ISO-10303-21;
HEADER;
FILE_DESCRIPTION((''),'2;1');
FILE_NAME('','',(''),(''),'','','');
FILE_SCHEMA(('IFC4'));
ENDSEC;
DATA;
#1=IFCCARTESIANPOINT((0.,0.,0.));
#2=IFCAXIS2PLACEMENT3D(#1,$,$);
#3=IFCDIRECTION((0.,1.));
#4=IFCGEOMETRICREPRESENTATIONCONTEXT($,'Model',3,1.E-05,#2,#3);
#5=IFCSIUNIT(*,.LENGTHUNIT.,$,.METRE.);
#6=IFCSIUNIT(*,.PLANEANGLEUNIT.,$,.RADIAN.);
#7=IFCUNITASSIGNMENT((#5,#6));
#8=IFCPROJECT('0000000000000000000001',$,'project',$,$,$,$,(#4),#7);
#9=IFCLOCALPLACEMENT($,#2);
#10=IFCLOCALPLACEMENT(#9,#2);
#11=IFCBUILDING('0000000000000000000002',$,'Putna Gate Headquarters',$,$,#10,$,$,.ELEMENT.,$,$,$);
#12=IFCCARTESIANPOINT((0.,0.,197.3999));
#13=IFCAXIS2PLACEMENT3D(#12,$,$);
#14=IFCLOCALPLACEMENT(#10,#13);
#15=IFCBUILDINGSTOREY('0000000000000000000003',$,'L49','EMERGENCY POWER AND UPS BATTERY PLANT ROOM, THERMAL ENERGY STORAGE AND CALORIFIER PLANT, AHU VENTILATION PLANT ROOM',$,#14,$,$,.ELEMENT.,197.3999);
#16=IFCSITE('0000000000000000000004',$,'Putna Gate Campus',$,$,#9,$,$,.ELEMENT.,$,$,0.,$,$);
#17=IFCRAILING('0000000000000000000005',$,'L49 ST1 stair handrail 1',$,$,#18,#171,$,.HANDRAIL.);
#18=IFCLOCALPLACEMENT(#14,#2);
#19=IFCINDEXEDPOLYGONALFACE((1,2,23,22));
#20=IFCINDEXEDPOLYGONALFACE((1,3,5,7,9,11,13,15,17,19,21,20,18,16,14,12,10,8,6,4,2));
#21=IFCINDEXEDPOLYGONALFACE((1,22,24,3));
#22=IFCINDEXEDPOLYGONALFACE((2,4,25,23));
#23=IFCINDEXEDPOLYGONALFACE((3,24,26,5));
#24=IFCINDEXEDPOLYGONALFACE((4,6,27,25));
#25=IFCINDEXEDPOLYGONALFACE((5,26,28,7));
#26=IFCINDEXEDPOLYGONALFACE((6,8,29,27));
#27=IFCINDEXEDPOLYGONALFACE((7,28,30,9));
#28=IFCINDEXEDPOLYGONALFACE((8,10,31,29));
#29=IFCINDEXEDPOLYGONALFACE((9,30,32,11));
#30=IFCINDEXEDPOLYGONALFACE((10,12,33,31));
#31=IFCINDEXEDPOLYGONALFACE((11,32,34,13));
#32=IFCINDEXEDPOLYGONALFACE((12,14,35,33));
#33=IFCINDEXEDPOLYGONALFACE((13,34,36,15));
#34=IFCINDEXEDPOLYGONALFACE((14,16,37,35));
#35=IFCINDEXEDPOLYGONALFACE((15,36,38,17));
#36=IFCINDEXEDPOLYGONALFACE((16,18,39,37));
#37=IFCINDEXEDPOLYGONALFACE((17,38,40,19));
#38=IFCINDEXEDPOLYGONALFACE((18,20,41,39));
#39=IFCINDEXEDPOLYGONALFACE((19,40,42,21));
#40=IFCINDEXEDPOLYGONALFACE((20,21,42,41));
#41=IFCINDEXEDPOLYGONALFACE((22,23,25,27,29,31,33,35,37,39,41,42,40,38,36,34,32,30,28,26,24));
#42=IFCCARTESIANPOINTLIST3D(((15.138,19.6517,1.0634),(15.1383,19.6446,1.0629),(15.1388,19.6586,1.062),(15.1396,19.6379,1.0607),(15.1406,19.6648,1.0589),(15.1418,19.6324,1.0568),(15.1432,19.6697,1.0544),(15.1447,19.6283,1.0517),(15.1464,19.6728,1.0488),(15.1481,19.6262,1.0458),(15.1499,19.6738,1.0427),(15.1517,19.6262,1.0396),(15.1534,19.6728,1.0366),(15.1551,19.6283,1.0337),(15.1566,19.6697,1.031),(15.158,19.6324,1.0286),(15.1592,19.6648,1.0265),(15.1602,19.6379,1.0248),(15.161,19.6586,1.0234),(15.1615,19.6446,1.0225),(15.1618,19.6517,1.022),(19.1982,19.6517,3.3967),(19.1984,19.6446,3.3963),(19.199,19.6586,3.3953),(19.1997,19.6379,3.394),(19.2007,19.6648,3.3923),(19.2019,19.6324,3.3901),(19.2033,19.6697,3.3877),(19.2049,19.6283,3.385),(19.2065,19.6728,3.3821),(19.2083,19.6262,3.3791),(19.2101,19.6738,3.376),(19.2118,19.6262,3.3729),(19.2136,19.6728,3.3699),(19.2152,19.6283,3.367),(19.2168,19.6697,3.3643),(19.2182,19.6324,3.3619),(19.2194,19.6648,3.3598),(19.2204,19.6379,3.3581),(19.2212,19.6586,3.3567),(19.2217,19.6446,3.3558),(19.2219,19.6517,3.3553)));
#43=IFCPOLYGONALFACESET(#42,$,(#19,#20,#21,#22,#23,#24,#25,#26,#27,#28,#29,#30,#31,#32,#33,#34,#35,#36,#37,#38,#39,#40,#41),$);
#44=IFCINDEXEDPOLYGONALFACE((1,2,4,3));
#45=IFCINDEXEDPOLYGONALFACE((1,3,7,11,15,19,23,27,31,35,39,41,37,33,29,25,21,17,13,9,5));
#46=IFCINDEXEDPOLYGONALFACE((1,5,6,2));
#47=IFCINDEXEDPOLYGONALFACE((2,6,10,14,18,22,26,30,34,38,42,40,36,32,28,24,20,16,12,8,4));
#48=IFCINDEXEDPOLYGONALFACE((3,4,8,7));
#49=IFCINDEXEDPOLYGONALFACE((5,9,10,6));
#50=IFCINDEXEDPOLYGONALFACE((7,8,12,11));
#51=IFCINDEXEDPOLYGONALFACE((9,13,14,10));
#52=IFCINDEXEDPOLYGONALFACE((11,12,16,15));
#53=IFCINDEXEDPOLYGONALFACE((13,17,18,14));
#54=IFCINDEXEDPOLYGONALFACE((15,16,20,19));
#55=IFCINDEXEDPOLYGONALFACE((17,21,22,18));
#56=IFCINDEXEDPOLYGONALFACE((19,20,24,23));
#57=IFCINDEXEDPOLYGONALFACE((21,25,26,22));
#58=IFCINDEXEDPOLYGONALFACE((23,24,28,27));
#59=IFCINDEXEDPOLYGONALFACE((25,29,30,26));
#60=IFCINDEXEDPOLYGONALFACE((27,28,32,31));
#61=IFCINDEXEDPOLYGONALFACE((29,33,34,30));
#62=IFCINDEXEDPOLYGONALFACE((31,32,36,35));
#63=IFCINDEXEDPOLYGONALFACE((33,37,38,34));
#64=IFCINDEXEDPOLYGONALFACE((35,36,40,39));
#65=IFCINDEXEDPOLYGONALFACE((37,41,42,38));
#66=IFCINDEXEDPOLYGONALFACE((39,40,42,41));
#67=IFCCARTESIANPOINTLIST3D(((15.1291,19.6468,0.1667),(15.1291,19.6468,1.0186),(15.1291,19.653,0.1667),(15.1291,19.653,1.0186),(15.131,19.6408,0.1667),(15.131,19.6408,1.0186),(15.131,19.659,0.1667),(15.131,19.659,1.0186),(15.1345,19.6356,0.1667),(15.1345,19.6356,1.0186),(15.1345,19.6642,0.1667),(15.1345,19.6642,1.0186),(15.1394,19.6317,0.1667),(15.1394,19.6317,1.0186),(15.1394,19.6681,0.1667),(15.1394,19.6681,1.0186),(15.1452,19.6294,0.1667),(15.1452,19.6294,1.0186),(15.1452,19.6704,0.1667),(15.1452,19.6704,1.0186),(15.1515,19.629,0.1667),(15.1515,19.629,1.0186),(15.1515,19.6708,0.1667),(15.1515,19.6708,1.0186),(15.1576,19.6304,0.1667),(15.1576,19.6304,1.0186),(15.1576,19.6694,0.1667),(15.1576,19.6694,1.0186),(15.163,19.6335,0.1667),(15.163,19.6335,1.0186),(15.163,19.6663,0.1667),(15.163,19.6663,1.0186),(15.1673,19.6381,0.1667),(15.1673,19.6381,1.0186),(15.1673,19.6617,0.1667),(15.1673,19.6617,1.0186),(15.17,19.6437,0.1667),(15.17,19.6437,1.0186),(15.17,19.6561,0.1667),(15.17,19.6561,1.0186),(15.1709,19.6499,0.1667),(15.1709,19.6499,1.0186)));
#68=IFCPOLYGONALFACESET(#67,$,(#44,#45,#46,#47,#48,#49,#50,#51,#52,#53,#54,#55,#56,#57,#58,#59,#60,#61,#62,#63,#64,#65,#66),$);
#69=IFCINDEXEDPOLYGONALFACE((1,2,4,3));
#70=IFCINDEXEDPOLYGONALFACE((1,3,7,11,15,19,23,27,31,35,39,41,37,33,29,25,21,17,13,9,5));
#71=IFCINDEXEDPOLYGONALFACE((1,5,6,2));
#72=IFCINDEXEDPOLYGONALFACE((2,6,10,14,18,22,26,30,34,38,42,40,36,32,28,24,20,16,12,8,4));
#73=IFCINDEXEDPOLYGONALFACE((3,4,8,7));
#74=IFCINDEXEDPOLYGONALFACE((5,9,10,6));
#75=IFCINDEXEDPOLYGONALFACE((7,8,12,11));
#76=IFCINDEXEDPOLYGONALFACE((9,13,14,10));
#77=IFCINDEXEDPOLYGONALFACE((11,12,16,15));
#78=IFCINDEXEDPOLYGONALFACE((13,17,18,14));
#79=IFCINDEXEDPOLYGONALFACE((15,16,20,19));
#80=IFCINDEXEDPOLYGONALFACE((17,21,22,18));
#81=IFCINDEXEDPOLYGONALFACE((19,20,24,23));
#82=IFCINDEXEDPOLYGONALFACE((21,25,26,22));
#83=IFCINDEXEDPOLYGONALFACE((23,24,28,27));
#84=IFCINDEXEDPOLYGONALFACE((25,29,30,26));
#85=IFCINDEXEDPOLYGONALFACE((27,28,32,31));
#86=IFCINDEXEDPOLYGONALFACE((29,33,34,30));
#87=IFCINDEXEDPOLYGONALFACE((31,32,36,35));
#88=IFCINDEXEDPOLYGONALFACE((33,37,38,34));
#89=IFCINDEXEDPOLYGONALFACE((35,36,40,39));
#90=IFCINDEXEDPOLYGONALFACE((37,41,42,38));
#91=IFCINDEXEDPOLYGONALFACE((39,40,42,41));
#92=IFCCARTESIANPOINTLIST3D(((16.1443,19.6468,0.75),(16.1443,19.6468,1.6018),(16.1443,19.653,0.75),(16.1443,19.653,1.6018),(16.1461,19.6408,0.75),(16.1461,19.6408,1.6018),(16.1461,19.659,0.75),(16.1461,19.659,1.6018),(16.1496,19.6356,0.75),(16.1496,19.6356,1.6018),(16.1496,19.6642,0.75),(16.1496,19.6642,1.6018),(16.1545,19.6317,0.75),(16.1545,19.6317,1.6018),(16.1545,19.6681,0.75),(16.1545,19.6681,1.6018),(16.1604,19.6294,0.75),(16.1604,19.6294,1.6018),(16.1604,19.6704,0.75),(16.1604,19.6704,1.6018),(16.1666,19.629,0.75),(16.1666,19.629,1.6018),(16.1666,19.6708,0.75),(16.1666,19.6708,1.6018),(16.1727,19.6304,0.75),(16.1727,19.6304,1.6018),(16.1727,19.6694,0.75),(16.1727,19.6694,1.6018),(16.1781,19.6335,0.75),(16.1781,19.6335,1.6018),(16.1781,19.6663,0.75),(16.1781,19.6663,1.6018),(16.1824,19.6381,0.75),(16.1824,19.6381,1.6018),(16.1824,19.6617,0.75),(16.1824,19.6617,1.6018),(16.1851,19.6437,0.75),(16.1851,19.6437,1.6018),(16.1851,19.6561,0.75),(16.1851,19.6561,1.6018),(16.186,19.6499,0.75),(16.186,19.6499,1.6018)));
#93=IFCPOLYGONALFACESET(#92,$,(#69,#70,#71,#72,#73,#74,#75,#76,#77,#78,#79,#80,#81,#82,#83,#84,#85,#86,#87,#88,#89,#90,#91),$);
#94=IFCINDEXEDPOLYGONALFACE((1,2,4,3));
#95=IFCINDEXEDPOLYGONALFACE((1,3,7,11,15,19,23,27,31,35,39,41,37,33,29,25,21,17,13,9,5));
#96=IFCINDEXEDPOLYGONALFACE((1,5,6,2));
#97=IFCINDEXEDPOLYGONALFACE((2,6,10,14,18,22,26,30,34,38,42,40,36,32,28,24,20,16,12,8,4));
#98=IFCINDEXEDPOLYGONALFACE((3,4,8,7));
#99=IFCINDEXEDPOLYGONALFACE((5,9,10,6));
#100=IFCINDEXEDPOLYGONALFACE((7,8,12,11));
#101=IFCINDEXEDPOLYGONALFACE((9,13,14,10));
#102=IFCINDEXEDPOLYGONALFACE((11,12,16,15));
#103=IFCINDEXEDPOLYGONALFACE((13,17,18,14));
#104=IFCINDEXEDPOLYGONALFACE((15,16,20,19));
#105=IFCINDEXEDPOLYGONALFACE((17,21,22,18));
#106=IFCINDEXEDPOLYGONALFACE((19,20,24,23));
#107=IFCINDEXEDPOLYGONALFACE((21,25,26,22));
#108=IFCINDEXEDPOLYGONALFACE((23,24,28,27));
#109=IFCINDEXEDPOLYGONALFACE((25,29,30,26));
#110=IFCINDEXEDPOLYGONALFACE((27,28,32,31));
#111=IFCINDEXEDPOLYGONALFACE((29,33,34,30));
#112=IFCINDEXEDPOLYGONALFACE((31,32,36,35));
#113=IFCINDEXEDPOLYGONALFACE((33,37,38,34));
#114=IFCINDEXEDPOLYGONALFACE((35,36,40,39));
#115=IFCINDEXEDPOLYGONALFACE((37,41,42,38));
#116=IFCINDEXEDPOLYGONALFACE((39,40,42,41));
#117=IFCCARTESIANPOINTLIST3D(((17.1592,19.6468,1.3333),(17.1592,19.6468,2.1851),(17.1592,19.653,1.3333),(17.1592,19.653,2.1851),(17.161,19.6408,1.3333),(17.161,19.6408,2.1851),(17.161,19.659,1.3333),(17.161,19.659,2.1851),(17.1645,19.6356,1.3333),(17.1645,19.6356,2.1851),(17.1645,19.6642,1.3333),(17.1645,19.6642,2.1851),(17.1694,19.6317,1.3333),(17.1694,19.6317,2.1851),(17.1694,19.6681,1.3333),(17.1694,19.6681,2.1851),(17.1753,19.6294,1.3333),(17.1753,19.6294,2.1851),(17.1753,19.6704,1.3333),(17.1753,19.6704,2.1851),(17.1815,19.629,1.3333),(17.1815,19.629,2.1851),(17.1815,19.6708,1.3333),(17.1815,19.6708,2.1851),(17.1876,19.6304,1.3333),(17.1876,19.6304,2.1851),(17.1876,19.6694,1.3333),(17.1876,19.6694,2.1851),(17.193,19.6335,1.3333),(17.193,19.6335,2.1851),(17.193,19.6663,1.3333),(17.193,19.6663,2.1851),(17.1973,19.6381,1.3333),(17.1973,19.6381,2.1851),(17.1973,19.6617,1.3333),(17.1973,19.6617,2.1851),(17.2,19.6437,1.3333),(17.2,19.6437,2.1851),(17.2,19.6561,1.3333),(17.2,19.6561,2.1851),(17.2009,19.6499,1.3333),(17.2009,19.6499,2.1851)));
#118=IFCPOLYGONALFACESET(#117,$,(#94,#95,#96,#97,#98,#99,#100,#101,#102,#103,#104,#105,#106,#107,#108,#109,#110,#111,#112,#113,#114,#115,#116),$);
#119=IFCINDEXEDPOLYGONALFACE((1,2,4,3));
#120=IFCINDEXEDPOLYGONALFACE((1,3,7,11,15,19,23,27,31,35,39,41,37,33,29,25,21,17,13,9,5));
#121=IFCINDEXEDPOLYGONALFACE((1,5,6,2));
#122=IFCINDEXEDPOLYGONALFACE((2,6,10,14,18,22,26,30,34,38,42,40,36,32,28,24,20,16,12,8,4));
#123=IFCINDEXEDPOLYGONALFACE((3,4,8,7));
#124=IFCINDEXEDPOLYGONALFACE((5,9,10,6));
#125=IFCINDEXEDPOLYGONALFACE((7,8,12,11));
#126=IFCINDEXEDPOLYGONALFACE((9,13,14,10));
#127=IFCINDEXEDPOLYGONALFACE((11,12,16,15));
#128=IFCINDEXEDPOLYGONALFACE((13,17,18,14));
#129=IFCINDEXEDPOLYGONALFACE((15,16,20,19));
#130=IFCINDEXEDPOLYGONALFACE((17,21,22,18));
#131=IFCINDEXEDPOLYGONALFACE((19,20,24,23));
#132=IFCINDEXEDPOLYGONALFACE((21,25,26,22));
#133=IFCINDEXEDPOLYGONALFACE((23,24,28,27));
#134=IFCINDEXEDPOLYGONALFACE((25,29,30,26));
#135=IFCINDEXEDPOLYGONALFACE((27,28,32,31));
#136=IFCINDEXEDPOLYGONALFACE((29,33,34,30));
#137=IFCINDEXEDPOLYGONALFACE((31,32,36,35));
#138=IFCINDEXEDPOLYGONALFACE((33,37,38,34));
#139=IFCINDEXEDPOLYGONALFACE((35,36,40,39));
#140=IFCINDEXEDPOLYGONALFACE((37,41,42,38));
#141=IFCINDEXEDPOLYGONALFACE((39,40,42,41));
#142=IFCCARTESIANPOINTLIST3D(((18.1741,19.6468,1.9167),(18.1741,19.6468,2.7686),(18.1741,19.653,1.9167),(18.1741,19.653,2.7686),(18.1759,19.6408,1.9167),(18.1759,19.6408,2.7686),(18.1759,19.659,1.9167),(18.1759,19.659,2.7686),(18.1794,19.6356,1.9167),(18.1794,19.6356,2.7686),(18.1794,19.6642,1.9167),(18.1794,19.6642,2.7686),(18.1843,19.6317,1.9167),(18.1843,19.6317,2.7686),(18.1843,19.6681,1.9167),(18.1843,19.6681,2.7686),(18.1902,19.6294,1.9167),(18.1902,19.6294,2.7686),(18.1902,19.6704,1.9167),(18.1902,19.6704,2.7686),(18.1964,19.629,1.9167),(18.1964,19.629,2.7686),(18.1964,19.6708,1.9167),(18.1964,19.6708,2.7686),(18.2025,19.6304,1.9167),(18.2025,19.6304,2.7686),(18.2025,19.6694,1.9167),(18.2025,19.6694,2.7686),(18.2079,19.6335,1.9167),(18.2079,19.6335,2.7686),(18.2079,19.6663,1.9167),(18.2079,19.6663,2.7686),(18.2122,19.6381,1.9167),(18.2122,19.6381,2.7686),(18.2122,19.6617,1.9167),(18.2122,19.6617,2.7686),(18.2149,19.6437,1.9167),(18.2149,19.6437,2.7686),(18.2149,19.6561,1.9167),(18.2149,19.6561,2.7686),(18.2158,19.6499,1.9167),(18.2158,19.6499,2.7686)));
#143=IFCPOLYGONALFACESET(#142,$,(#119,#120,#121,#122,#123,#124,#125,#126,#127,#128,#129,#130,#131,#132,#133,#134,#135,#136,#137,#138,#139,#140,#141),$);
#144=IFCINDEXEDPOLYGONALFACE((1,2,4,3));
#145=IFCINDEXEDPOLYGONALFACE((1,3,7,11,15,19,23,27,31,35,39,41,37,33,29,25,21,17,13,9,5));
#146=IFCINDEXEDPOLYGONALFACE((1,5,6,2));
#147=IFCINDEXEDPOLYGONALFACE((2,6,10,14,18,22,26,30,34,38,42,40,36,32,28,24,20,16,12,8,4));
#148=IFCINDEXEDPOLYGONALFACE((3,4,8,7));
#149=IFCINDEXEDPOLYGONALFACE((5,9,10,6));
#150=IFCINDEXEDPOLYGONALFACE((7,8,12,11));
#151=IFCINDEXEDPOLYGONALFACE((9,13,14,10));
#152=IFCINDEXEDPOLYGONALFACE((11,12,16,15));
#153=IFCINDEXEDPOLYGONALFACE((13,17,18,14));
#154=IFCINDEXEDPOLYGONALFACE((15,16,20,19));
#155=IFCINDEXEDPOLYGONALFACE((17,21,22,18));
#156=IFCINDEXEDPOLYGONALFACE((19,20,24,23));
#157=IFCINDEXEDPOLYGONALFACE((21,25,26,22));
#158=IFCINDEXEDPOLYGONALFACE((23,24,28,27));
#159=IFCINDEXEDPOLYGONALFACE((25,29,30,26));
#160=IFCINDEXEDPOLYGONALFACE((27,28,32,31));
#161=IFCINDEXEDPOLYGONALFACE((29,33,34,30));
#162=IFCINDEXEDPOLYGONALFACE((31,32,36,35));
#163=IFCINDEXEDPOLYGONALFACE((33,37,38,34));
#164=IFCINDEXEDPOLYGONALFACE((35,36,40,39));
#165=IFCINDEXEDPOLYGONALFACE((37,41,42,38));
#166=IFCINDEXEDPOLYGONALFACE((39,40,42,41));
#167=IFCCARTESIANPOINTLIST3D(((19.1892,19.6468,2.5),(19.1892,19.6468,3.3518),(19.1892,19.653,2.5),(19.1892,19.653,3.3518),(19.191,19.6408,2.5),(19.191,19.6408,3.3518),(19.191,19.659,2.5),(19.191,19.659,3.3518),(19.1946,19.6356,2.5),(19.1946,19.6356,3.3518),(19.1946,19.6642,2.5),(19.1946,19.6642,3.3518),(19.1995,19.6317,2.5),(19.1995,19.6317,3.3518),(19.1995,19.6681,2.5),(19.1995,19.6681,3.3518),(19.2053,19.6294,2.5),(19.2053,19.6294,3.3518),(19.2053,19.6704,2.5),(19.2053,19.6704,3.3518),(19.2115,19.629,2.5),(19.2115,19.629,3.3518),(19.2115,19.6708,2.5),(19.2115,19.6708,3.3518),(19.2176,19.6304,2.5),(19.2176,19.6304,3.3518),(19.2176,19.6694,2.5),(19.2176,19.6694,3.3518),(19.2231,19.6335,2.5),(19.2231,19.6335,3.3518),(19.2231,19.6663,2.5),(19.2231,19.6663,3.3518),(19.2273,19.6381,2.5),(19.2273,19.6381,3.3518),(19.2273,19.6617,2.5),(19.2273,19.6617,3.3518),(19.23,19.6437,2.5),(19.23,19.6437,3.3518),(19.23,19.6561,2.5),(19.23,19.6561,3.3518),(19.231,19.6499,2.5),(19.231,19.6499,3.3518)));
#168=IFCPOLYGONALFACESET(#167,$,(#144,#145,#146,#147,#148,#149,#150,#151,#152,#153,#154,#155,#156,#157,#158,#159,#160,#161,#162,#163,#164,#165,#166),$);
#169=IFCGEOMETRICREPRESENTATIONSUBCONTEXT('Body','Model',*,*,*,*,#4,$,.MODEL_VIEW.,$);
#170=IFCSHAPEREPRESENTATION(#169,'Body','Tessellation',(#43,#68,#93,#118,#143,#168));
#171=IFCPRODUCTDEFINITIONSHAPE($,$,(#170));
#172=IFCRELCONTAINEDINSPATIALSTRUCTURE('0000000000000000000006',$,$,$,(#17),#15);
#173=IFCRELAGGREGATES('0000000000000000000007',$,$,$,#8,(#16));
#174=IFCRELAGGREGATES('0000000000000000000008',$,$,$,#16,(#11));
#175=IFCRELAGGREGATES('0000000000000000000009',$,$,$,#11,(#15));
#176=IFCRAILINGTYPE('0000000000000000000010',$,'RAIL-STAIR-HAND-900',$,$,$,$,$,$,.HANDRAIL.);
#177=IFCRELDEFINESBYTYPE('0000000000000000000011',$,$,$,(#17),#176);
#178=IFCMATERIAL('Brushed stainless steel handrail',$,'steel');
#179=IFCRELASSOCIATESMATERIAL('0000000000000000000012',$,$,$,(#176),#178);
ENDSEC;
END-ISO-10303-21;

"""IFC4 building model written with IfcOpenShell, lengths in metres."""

from ifc_helpers import new_model, si_unit, direction, frame, origin, origin_2d, place, context, subcontext, project, spatial, circle, extrude, material, type_object, element, save


model = new_model("IFC4")

# Units and contexts
model_context = context("Model", 3, precision=1e-05, world=origin(), true_north=direction((0.0, 1.0)))
body_context = subcontext(model_context, "Body", "Model", "MODEL_VIEW")
ifc_project = project(units=[si_unit("LENGTHUNIT", "METRE"), si_unit("PLANEANGLEUNIT", "RADIAN")], contexts=[model_context])

# Site, building, storey
site_placement = place(None, origin())
site = spatial("IfcSite", under=ifc_project, at=site_placement, Name="Putna Gate Campus", CompositionType="ELEMENT", RefElevation=0.0)
building_placement = place(site_placement, origin())
building = spatial("IfcBuilding", under=site, at=building_placement, Name="Putna Gate Headquarters", CompositionType="ELEMENT")
storey_placement = place(building_placement, frame((0.0, 0.0, 197.3999)))
storey = spatial("IfcBuildingStorey", under=building, at=storey_placement, Name="L49", Description="EMERGENCY POWER AND UPS BATTERY PLANT ROOM, THERMAL ENERGY STORAGE AND CALORIFIER PLANT, AHU VENTILATION PLANT ROOM", CompositionType="ELEMENT", Elevation=197.3999)

# Railing
ifc_material_1 = material(Name="Brushed stainless steel handrail", Category="steel")
railing_type_1 = type_object("IfcRailingType", Name="RAIL-STAIR-HAND-900", PredefinedType="HANDRAIL", material=ifc_material_1)
railing_1_placement = place(storey_placement, frame((15.1499, 19.6499, 0.1667)))
element("IfcRailing", 1, at=railing_1_placement, inside=storey, type_object=railing_type_1, Name="L49 ST1 stair handrail 1", PredefinedType="HANDRAIL", context=body_context, shape_type="SweptSolid", body=[
    extrude(circle(Radius=0.0239, at=origin_2d()), frame((0.0, 0.0, 0.876), z_axis=(0.867025, 0.0, 0.498265), x_axis=(0.0, 1.0, 0.0)), (0.0, 0.0, 1.0), 4.6829),
    extrude(circle(Radius=0.021, at=origin_2d()), origin(), (0.0, 0.0, 1.0), 0.8518),
    extrude(circle(Radius=0.021, at=origin_2d()), frame((1.0151, 0.0, 0.5833)), (0.0, 0.0, 1.0), 0.8518),
    extrude(circle(Radius=0.021, at=origin_2d()), frame((2.03, 0.0, 1.1665)), (0.0, 0.0, 1.0), 0.8518),
    extrude(circle(Radius=0.021, at=origin_2d()), frame((3.0449, 0.0, 1.75)), (0.0, 0.0, 1.0), 0.8518),
    extrude(circle(Radius=0.021, at=origin_2d()), frame((4.0601, 0.0, 2.3333)), (0.0, 0.0, 1.0), 0.8518),
])

save(model, "model.ifc")
